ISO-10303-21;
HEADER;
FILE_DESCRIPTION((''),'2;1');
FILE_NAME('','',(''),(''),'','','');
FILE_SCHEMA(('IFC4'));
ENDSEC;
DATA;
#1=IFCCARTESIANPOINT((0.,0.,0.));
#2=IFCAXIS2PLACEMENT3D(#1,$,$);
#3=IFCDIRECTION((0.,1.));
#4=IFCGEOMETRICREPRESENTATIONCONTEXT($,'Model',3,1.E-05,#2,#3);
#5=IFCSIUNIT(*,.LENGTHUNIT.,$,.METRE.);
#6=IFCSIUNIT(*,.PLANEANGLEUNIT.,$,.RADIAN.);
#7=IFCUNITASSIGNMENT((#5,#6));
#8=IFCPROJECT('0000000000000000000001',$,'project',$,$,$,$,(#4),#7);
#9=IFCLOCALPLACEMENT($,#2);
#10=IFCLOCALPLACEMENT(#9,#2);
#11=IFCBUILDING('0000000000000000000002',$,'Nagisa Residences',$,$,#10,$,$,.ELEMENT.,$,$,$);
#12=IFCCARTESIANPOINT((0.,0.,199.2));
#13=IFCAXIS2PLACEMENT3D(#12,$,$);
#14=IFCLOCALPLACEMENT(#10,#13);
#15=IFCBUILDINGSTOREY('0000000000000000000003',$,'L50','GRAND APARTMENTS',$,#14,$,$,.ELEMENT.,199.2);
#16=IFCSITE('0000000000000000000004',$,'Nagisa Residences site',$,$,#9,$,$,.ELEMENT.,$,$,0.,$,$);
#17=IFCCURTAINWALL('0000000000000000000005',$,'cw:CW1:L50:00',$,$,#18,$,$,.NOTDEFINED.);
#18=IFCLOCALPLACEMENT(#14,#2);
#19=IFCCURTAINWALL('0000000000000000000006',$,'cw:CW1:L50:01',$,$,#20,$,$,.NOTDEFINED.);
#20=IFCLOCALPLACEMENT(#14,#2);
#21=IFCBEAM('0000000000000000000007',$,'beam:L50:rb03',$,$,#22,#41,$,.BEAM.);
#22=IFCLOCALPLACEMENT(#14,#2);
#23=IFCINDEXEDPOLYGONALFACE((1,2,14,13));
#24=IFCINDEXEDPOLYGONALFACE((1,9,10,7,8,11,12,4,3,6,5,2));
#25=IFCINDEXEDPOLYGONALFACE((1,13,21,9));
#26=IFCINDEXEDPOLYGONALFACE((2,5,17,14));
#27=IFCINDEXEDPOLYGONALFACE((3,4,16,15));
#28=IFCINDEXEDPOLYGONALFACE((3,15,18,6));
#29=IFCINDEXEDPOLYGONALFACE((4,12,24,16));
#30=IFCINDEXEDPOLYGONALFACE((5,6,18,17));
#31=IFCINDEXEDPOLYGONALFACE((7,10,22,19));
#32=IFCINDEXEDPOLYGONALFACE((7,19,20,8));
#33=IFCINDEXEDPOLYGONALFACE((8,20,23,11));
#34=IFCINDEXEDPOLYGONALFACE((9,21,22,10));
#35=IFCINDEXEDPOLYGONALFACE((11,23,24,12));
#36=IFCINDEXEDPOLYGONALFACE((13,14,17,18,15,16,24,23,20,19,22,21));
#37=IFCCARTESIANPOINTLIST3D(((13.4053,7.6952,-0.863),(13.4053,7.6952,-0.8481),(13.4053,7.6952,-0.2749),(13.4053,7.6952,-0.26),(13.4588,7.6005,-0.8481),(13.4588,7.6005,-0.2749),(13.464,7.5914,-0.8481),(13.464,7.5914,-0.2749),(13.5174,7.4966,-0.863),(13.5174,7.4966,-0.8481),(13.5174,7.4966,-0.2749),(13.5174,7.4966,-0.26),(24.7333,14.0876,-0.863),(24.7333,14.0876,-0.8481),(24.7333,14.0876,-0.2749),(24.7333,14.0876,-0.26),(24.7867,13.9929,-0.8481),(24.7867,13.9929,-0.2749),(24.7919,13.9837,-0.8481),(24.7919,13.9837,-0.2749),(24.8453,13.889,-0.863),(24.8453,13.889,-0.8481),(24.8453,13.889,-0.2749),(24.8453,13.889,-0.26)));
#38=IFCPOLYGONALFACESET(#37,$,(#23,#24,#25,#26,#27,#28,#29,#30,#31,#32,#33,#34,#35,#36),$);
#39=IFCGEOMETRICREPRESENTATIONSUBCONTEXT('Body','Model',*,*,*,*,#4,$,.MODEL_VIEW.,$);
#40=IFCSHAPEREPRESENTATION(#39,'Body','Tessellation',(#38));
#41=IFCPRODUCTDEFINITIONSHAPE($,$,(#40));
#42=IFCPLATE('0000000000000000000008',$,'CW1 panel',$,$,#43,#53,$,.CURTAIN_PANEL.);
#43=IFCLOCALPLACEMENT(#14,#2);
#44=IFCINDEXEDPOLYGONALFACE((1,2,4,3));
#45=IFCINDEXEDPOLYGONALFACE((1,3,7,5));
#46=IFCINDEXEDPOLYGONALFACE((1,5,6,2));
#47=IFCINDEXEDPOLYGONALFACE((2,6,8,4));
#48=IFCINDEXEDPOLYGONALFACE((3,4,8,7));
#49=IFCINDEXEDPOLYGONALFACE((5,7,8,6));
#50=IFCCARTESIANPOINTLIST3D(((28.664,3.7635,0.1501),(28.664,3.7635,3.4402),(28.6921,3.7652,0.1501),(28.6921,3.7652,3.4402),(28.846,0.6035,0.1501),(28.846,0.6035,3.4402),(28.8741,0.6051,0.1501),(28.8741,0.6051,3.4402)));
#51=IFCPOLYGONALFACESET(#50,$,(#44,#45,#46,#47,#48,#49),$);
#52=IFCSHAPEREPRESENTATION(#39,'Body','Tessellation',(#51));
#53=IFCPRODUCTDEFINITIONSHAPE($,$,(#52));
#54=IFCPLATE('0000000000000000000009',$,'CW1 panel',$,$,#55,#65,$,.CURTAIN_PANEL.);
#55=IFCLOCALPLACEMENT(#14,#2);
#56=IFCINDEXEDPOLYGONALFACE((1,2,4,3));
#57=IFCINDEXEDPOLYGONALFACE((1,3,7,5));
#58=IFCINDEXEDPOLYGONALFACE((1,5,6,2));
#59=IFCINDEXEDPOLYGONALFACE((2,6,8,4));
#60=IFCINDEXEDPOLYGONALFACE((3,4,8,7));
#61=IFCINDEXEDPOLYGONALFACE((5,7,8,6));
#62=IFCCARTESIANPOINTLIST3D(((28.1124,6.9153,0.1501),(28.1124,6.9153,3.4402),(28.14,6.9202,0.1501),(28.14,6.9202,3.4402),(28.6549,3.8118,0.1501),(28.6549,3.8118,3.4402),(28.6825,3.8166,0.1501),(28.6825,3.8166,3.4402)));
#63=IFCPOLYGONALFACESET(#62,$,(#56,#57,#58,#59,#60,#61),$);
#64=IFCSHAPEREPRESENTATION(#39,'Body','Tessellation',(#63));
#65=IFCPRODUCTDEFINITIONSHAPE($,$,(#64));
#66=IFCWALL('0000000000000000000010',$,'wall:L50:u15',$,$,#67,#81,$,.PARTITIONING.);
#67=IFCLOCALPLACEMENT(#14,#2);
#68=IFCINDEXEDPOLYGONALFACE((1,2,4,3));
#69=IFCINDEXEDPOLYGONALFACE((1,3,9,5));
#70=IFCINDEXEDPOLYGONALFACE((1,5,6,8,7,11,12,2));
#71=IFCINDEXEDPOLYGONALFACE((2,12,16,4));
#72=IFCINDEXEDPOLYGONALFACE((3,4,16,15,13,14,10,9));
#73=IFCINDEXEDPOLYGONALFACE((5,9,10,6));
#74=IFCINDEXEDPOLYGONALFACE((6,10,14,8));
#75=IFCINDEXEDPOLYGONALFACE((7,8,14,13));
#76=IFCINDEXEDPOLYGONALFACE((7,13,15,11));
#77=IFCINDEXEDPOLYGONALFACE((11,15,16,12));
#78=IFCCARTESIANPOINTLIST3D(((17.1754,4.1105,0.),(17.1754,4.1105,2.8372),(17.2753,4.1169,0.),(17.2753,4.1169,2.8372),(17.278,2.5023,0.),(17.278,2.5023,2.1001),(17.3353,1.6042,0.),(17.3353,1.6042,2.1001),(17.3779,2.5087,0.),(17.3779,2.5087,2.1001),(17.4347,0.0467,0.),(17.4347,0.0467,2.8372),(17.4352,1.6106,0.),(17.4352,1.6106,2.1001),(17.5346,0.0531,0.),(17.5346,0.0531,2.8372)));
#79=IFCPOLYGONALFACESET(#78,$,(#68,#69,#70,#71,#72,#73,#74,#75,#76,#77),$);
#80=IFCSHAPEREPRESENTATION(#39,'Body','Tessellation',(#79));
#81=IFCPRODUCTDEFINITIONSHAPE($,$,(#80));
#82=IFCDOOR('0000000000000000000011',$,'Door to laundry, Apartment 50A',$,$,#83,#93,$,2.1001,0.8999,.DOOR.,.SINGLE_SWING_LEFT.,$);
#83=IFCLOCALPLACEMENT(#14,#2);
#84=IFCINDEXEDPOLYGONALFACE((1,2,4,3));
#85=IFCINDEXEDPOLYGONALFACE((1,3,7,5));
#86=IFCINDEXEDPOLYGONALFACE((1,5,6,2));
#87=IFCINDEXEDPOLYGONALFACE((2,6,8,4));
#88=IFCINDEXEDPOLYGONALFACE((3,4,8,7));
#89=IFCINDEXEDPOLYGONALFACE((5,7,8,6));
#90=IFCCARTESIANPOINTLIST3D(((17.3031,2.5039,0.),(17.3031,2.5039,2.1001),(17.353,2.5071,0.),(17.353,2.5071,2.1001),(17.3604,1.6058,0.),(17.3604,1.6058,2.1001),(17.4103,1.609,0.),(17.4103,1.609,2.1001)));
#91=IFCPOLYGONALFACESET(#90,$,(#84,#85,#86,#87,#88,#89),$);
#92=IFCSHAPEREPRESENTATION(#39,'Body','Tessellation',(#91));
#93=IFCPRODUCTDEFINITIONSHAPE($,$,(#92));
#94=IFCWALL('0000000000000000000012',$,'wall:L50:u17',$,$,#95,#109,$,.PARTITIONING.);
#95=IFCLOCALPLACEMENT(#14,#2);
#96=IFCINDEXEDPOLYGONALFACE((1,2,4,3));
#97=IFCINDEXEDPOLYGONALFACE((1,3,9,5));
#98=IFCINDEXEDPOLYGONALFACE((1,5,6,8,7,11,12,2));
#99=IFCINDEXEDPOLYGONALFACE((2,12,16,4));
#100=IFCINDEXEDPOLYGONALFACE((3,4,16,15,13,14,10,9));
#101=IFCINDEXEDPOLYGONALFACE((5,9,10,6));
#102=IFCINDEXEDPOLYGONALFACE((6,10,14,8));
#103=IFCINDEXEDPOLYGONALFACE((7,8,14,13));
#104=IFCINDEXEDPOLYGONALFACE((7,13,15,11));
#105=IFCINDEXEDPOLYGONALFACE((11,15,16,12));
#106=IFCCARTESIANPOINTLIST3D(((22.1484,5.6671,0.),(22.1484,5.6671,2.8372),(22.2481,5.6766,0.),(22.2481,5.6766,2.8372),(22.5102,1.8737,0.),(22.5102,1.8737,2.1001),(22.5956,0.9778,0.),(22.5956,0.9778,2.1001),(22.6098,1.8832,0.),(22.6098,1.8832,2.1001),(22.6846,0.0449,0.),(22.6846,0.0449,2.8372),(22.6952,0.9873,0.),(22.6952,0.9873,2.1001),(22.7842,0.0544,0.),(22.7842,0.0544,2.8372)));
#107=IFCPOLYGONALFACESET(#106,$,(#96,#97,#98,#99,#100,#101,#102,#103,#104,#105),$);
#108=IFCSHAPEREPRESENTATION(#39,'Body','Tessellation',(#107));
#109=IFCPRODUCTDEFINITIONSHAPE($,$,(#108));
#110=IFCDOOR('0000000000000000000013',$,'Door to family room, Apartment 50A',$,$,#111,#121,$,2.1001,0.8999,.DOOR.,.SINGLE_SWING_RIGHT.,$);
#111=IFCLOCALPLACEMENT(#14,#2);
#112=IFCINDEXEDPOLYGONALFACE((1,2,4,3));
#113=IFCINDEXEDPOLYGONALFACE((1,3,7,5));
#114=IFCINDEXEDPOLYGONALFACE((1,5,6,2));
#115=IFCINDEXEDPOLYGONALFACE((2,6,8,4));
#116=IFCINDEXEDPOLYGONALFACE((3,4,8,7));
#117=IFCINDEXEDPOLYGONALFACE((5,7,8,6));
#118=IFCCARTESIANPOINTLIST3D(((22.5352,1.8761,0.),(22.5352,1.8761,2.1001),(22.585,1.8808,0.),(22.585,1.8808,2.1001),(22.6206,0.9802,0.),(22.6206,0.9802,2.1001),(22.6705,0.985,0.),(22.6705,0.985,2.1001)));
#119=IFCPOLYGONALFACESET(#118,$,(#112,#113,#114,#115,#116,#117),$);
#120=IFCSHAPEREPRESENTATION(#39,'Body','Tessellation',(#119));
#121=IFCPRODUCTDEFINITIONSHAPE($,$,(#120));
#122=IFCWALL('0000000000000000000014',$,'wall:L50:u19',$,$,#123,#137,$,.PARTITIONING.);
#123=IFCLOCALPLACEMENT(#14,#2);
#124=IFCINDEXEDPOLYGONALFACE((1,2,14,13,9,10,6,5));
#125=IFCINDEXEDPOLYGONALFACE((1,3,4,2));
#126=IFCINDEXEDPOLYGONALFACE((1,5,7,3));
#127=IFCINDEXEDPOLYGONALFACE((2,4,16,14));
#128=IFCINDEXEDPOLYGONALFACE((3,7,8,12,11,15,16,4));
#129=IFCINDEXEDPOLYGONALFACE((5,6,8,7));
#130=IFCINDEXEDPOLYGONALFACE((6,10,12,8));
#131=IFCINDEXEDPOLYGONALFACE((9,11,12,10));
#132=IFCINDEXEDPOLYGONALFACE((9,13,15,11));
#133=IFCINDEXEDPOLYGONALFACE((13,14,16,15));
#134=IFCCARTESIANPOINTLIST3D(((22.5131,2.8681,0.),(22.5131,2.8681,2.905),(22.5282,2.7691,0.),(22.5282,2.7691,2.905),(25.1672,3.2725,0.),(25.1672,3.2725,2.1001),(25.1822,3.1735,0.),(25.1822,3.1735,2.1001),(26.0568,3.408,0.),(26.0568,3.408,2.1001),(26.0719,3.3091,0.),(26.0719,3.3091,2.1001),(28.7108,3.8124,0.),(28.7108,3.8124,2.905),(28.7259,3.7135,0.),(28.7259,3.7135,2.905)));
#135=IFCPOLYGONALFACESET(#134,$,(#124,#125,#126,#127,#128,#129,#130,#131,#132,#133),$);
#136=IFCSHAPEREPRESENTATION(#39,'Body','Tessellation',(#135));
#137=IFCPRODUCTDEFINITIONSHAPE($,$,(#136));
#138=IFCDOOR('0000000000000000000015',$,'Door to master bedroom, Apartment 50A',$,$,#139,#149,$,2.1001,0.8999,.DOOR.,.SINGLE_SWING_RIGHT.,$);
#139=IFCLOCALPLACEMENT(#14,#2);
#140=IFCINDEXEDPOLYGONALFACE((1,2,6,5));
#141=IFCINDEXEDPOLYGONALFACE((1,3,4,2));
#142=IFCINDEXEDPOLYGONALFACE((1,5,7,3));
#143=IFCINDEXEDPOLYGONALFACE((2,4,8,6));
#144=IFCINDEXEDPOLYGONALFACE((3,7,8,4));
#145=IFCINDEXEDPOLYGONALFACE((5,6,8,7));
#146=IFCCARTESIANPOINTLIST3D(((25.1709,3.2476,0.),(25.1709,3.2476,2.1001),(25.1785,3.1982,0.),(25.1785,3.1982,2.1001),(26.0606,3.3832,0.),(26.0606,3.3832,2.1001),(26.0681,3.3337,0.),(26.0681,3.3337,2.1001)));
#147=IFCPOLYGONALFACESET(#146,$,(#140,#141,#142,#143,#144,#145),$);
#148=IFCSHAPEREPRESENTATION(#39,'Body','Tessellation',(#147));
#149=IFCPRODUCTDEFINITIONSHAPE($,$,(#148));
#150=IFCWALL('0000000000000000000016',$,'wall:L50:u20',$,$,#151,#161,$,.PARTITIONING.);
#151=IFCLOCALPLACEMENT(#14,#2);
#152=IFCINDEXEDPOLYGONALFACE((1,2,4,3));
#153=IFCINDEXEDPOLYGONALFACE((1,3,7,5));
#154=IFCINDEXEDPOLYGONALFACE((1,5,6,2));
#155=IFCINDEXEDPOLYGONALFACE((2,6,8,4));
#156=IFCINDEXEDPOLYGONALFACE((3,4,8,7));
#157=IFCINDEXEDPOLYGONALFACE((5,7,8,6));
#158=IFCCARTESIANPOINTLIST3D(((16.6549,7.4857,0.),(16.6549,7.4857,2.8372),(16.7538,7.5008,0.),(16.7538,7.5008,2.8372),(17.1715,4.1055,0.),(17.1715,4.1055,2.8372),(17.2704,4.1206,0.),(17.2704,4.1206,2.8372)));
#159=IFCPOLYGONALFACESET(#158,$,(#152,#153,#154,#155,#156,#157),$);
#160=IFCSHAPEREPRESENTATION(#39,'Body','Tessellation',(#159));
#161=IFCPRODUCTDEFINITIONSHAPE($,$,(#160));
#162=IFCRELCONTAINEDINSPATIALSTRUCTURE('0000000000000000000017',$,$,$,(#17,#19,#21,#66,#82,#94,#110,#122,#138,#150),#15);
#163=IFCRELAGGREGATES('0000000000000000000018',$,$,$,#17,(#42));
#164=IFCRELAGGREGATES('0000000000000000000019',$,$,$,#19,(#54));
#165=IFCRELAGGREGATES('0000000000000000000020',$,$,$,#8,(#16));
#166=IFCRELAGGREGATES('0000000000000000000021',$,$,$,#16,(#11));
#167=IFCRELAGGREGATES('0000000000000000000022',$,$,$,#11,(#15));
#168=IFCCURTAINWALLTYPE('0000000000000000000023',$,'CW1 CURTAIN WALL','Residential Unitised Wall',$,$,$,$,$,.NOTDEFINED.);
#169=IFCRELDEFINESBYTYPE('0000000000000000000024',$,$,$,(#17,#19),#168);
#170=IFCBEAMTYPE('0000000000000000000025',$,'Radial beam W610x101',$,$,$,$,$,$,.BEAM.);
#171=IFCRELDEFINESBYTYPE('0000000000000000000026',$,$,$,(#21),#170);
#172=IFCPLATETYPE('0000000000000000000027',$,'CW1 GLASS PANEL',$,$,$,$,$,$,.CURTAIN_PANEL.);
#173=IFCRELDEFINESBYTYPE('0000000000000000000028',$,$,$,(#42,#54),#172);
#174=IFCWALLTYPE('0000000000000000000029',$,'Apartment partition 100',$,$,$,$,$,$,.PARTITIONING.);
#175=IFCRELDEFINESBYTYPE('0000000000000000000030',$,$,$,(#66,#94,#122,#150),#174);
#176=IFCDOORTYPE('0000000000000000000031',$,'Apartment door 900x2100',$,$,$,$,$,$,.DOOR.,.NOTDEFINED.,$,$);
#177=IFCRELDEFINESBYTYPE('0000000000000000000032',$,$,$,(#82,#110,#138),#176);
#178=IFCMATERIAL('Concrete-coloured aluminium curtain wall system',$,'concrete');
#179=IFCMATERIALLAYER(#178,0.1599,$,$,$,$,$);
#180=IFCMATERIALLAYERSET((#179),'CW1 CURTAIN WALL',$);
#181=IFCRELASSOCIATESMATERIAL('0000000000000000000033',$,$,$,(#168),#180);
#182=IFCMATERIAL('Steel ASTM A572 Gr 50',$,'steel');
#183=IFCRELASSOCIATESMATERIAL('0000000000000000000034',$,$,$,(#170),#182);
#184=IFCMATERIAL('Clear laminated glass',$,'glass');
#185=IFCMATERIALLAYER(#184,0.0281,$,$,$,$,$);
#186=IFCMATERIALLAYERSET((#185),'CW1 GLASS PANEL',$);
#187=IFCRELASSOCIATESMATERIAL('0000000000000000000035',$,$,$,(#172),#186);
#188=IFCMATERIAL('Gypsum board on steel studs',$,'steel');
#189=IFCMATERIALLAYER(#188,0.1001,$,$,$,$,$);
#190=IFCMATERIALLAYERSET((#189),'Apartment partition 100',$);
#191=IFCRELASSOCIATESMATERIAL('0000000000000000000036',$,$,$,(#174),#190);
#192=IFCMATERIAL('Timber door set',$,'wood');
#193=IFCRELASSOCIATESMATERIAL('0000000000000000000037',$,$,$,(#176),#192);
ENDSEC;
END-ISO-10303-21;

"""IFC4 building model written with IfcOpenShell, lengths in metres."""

from ifc_helpers import new_model, si_unit, direction, frame, frame_2d, origin, origin_2d, place, context, subcontext, project, spatial, rectangle, i_section, extrude, material, layer, layer_set, material_profile, profile_set, type_object, element, fill, aggregate, save


model = new_model("IFC4")

# Units and contexts
model_context = context("Model", 3, precision=1e-05, world=origin(), true_north=direction((0.0, 1.0)))
body_context = subcontext(model_context, "Body", "Model", "MODEL_VIEW")
ifc_project = project(units=[si_unit("LENGTHUNIT", "METRE"), si_unit("PLANEANGLEUNIT", "RADIAN")], contexts=[model_context])

# Site, building, storey
site_placement = place(None, origin())
site = spatial("IfcSite", under=ifc_project, at=site_placement, Name="Nagisa Residences site", CompositionType="ELEMENT", RefElevation=0.0)
building_placement = place(site_placement, origin())
building = spatial("IfcBuilding", under=site, at=building_placement, Name="Nagisa Residences", CompositionType="ELEMENT")
storey_placement = place(building_placement, frame((0.0, 0.0, 199.2)))
storey = spatial("IfcBuildingStorey", under=building, at=storey_placement, Name="L50", Description="GRAND APARTMENTS", CompositionType="ELEMENT", Elevation=199.2)

# Curtain walls
ifc_material_1 = material(Name="Concrete-coloured aluminium curtain wall system", Category="concrete")
ifc_layer_1 = layer(ifc_material_1, 0.1599)
ifc_layer_set_1 = layer_set([ifc_layer_1], Name="CW1 CURTAIN WALL")
curtain_wall_type = type_object("IfcCurtainWallType", Name="CW1 CURTAIN WALL", Description="Residential Unitised Wall", PredefinedType="NOTDEFINED", material=ifc_layer_set_1)
curtain_wall_1_placement = place(storey_placement, origin())
curtain_wall_1 = element("IfcCurtainWall", 1, at=curtain_wall_1_placement, inside=storey, type_object=curtain_wall_type, Name="cw:CW1:L50:00", PredefinedType="NOTDEFINED")
curtain_wall_2_placement = place(storey_placement, origin())
curtain_wall_2 = element("IfcCurtainWall", 2, at=curtain_wall_2_placement, inside=storey, type_object=curtain_wall_type, Name="cw:CW1:L50:01", PredefinedType="NOTDEFINED")

# Beam
ifc_material_2 = material(Name="Steel ASTM A572 Gr 50", Category="steel")
ifc_material_profile_1 = material_profile(ifc_material_2, i_section(OverallWidth=0.228, OverallDepth=0.603, WebThickness=0.0105, FlangeThickness=0.0149, at=origin_2d()), Name="W610x101")
ifc_profile_set_1 = profile_set([ifc_material_profile_1], Name="Steel ASTM A572 Gr 50")
beam_type_1 = type_object("IfcBeamType", Name="Radial beam W610x101", PredefinedType="BEAM", material=ifc_profile_set_1)
beam_1_placement = place(storey_placement, frame((24.7893, 13.9883, -0.5615), z_axis=(-0.870905, -0.491452, 0.0), x_axis=(0.491452, -0.870905, 0.0)))
element("IfcBeam", 3, at=beam_1_placement, inside=storey, type_object=beam_type_1, Name="beam:L50:rb03", PredefinedType="BEAM", context=body_context, shape_type="SweptSolid", body=[
    extrude(i_section(OverallWidth=0.228, OverallDepth=0.603, WebThickness=0.0105, FlangeThickness=0.0149, at=origin_2d()), origin(), (0.0, 0.0, 1.0), 13.0071),
])

# Plates
ifc_material_3 = material(Name="Clear laminated glass", Category="glass")
ifc_layer_2 = layer(ifc_material_3, 0.0281)
ifc_layer_set_2 = layer_set([ifc_layer_2], Name="CW1 GLASS PANEL")
plate_type = type_object("IfcPlateType", Name="CW1 GLASS PANEL", PredefinedType="CURTAIN_PANEL", material=ifc_layer_set_2)
plate_1_placement = place(storey_placement, frame((28.769, 2.1843, 0.1501), z_axis=(0.0, 0.0, 1.0), x_axis=(-0.057503, 0.998345, 0.0)))
plate_1 = element("IfcPlate", 4, at=plate_1_placement, type_object=plate_type, Name="CW1 panel", PredefinedType="CURTAIN_PANEL", context=body_context, shape_type="SweptSolid", body=[
    extrude(rectangle(XDim=3.1653, YDim=0.0281, at=origin_2d()), origin(), (0.0, 0.0, 1.0), 3.29),
])
aggregate(curtain_wall_1, [plate_1])
plate_2_placement = place(storey_placement, frame((28.3975, 5.366, 0.1501), z_axis=(0.0, 0.0, 1.0), x_axis=(-0.172191, 0.985064, 0.0)))
plate_2 = element("IfcPlate", 5, at=plate_2_placement, type_object=plate_type, Name="CW1 panel", PredefinedType="CURTAIN_PANEL", context=body_context, shape_type="SweptSolid", body=[
    extrude(rectangle(XDim=3.1506, YDim=0.0281, at=origin_2d()), origin(), (0.0, 0.0, 1.0), 3.29),
])
aggregate(curtain_wall_2, [plate_2])

# Walls, openings, doors
ifc_material_4 = material(Name="Gypsum board on steel studs", Category="steel")
ifc_layer_3 = layer(ifc_material_4, 0.1001)
ifc_layer_set_3 = layer_set([ifc_layer_3], Name="Apartment partition 100")
wall_type_1 = type_object("IfcWallType", Name="Apartment partition 100", PredefinedType="PARTITIONING", material=ifc_layer_set_3)
wall_1_placement = place(storey_placement, frame((17.4846, 0.0498, 0.0), z_axis=(0.0, 0.0, 1.0), x_axis=(-0.063673, 0.997971, 0.0)))
wall_1 = element("IfcWall", 6, at=wall_1_placement, inside=storey, type_object=wall_type_1, Name="wall:L50:u15", PredefinedType="PARTITIONING", context=body_context, shape_type="SweptSolid", body=[
    extrude(rectangle(XDim=4.072, YDim=0.1001, at=frame_2d((2.0361, 0.0))), origin(), (0.0, 0.0, 1.0), 2.8372),
])
opening_1_placement = place(wall_1_placement, frame((1.5608, 0.0, 0.0)))
opening_1 = element("IfcOpeningElement", 7, at=opening_1_placement, cuts=wall_1, PredefinedType="OPENING", context=body_context, shape_type="SweptSolid", body=[
    extrude(rectangle(XDim=0.8999, YDim=2.1001, at=frame_2d((0.45, 1.05))), frame((0.0, 0.0601, 0.0), z_axis=(0.0, -1.0, 0.0), x_axis=(1.0, 0.0, 0.0)), (0.0, 0.0, 1.0), 0.1201),
])
ifc_material_5 = material(Name="Timber door set", Category="wood")
door_type_1 = type_object("IfcDoorType", Name="Apartment door 900x2100", OperationType="NOTDEFINED", PredefinedType="DOOR", material=ifc_material_5)
door_1_placement = place(opening_1_placement, origin())
door_1 = element("IfcDoor", 8, at=door_1_placement, inside=storey, type_object=door_type_1, Name="Door to laundry, Apartment 50A", OperationType="SINGLE_SWING_LEFT", OverallHeight=2.1001, OverallWidth=0.8999, PredefinedType="DOOR", context=body_context, shape_type="SweptSolid", body=[
    extrude(rectangle(XDim=0.8999, YDim=2.1001, at=frame_2d((0.45, 1.05))), frame((0.0, 0.0249, 0.0), z_axis=(0.0, -1.0, 0.0), x_axis=(1.0, 0.0, 0.0)), (0.0, 0.0, 1.0), 0.05),
])
fill(opening_1, door_1)
wall_2_placement = place(storey_placement, frame((22.7344, 0.0498, 0.0), z_axis=(0.0, 0.0, 1.0), x_axis=(-0.094927, 0.995484, 0.0)))
wall_2 = element("IfcWall", 9, at=wall_2_placement, inside=storey, type_object=wall_type_1, Name="wall:L50:u17", PredefinedType="PARTITIONING", context=body_context, shape_type="SweptSolid", body=[
    extrude(rectangle(XDim=5.6477, YDim=0.1001, at=frame_2d((2.8237, 0.0))), origin(), (0.0, 0.0, 1.0), 2.8372),
])
opening_2_placement = place(wall_2_placement, frame((0.937, 0.0, 0.0)))
opening_2 = element("IfcOpeningElement", 10, at=opening_2_placement, cuts=wall_2, PredefinedType="OPENING", context=body_context, shape_type="SweptSolid", body=[
    extrude(rectangle(XDim=0.8999, YDim=2.1001, at=frame_2d((0.45, 1.05))), frame((0.0, 0.0601, 0.0), z_axis=(0.0, -1.0, 0.0), x_axis=(1.0, 0.0, 0.0)), (0.0, 0.0, 1.0), 0.1201),
])
door_2_placement = place(opening_2_placement, origin())
door_2 = element("IfcDoor", 11, at=door_2_placement, inside=storey, type_object=door_type_1, Name="Door to family room, Apartment 50A", OperationType="SINGLE_SWING_RIGHT", OverallHeight=2.1001, OverallWidth=0.8999, PredefinedType="DOOR", context=body_context, shape_type="SweptSolid", body=[
    extrude(rectangle(XDim=0.8999, YDim=2.1001, at=frame_2d((0.45, 1.05))), frame((0.0, 0.0249, 0.0), z_axis=(0.0, -1.0, 0.0), x_axis=(1.0, 0.0, 0.0)), (0.0, 0.0, 1.0), 0.05),
])
fill(opening_2, door_2)
wall_3_placement = place(storey_placement, frame((22.5205, 2.8186, 0.0), z_axis=(0.0, 0.0, 1.0), x_axis=(0.98859, 0.150629, 0.0)))
wall_3 = element("IfcWall", 12, at=wall_3_placement, inside=storey, type_object=wall_type_1, Name="wall:L50:u19", PredefinedType="PARTITIONING", context=body_context, shape_type="SweptSolid", body=[
    extrude(rectangle(XDim=6.2693, YDim=0.1001, at=frame_2d((3.1348, 0.0))), origin(), (0.0, 0.0, 1.0), 2.905),
])
opening_3_placement = place(wall_3_placement, frame((2.6848, 0.0, 0.0)))
opening_3 = element("IfcOpeningElement", 13, at=opening_3_placement, cuts=wall_3, PredefinedType="OPENING", context=body_context, shape_type="SweptSolid", body=[
    extrude(rectangle(XDim=0.8999, YDim=2.1001, at=frame_2d((0.45, 1.05))), frame((0.0, 0.0601, 0.0), z_axis=(0.0, -1.0, 0.0), x_axis=(1.0, 0.0, 0.0)), (0.0, 0.0, 1.0), 0.1201),
])
door_3_placement = place(opening_3_placement, origin())
door_3 = element("IfcDoor", 14, at=door_3_placement, inside=storey, type_object=door_type_1, Name="Door to master bedroom, Apartment 50A", OperationType="SINGLE_SWING_RIGHT", OverallHeight=2.1001, OverallWidth=0.8999, PredefinedType="DOOR", context=body_context, shape_type="SweptSolid", body=[
    extrude(rectangle(XDim=0.8999, YDim=2.1001, at=frame_2d((0.45, 1.05))), frame((0.0, 0.0249, 0.0), z_axis=(0.0, -1.0, 0.0), x_axis=(1.0, 0.0, 0.0)), (0.0, 0.0, 1.0), 0.05),
])
fill(opening_3, door_3)

# Wall
wall_4_placement = place(storey_placement, frame((17.2209, 4.113, 0.0), z_axis=(0.0, 0.0, 1.0), x_axis=(-0.151081, 0.988521, 0.0)))
element("IfcWall", 15, at=wall_4_placement, inside=storey, type_object=wall_type_1, Name="wall:L50:u20", PredefinedType="PARTITIONING", context=body_context, shape_type="SweptSolid", body=[
    extrude(rectangle(XDim=3.4194, YDim=0.1001, at=frame_2d((1.7097, 0.0))), origin(), (0.0, 0.0, 1.0), 2.8372),
])

save(model, "model.ifc")
